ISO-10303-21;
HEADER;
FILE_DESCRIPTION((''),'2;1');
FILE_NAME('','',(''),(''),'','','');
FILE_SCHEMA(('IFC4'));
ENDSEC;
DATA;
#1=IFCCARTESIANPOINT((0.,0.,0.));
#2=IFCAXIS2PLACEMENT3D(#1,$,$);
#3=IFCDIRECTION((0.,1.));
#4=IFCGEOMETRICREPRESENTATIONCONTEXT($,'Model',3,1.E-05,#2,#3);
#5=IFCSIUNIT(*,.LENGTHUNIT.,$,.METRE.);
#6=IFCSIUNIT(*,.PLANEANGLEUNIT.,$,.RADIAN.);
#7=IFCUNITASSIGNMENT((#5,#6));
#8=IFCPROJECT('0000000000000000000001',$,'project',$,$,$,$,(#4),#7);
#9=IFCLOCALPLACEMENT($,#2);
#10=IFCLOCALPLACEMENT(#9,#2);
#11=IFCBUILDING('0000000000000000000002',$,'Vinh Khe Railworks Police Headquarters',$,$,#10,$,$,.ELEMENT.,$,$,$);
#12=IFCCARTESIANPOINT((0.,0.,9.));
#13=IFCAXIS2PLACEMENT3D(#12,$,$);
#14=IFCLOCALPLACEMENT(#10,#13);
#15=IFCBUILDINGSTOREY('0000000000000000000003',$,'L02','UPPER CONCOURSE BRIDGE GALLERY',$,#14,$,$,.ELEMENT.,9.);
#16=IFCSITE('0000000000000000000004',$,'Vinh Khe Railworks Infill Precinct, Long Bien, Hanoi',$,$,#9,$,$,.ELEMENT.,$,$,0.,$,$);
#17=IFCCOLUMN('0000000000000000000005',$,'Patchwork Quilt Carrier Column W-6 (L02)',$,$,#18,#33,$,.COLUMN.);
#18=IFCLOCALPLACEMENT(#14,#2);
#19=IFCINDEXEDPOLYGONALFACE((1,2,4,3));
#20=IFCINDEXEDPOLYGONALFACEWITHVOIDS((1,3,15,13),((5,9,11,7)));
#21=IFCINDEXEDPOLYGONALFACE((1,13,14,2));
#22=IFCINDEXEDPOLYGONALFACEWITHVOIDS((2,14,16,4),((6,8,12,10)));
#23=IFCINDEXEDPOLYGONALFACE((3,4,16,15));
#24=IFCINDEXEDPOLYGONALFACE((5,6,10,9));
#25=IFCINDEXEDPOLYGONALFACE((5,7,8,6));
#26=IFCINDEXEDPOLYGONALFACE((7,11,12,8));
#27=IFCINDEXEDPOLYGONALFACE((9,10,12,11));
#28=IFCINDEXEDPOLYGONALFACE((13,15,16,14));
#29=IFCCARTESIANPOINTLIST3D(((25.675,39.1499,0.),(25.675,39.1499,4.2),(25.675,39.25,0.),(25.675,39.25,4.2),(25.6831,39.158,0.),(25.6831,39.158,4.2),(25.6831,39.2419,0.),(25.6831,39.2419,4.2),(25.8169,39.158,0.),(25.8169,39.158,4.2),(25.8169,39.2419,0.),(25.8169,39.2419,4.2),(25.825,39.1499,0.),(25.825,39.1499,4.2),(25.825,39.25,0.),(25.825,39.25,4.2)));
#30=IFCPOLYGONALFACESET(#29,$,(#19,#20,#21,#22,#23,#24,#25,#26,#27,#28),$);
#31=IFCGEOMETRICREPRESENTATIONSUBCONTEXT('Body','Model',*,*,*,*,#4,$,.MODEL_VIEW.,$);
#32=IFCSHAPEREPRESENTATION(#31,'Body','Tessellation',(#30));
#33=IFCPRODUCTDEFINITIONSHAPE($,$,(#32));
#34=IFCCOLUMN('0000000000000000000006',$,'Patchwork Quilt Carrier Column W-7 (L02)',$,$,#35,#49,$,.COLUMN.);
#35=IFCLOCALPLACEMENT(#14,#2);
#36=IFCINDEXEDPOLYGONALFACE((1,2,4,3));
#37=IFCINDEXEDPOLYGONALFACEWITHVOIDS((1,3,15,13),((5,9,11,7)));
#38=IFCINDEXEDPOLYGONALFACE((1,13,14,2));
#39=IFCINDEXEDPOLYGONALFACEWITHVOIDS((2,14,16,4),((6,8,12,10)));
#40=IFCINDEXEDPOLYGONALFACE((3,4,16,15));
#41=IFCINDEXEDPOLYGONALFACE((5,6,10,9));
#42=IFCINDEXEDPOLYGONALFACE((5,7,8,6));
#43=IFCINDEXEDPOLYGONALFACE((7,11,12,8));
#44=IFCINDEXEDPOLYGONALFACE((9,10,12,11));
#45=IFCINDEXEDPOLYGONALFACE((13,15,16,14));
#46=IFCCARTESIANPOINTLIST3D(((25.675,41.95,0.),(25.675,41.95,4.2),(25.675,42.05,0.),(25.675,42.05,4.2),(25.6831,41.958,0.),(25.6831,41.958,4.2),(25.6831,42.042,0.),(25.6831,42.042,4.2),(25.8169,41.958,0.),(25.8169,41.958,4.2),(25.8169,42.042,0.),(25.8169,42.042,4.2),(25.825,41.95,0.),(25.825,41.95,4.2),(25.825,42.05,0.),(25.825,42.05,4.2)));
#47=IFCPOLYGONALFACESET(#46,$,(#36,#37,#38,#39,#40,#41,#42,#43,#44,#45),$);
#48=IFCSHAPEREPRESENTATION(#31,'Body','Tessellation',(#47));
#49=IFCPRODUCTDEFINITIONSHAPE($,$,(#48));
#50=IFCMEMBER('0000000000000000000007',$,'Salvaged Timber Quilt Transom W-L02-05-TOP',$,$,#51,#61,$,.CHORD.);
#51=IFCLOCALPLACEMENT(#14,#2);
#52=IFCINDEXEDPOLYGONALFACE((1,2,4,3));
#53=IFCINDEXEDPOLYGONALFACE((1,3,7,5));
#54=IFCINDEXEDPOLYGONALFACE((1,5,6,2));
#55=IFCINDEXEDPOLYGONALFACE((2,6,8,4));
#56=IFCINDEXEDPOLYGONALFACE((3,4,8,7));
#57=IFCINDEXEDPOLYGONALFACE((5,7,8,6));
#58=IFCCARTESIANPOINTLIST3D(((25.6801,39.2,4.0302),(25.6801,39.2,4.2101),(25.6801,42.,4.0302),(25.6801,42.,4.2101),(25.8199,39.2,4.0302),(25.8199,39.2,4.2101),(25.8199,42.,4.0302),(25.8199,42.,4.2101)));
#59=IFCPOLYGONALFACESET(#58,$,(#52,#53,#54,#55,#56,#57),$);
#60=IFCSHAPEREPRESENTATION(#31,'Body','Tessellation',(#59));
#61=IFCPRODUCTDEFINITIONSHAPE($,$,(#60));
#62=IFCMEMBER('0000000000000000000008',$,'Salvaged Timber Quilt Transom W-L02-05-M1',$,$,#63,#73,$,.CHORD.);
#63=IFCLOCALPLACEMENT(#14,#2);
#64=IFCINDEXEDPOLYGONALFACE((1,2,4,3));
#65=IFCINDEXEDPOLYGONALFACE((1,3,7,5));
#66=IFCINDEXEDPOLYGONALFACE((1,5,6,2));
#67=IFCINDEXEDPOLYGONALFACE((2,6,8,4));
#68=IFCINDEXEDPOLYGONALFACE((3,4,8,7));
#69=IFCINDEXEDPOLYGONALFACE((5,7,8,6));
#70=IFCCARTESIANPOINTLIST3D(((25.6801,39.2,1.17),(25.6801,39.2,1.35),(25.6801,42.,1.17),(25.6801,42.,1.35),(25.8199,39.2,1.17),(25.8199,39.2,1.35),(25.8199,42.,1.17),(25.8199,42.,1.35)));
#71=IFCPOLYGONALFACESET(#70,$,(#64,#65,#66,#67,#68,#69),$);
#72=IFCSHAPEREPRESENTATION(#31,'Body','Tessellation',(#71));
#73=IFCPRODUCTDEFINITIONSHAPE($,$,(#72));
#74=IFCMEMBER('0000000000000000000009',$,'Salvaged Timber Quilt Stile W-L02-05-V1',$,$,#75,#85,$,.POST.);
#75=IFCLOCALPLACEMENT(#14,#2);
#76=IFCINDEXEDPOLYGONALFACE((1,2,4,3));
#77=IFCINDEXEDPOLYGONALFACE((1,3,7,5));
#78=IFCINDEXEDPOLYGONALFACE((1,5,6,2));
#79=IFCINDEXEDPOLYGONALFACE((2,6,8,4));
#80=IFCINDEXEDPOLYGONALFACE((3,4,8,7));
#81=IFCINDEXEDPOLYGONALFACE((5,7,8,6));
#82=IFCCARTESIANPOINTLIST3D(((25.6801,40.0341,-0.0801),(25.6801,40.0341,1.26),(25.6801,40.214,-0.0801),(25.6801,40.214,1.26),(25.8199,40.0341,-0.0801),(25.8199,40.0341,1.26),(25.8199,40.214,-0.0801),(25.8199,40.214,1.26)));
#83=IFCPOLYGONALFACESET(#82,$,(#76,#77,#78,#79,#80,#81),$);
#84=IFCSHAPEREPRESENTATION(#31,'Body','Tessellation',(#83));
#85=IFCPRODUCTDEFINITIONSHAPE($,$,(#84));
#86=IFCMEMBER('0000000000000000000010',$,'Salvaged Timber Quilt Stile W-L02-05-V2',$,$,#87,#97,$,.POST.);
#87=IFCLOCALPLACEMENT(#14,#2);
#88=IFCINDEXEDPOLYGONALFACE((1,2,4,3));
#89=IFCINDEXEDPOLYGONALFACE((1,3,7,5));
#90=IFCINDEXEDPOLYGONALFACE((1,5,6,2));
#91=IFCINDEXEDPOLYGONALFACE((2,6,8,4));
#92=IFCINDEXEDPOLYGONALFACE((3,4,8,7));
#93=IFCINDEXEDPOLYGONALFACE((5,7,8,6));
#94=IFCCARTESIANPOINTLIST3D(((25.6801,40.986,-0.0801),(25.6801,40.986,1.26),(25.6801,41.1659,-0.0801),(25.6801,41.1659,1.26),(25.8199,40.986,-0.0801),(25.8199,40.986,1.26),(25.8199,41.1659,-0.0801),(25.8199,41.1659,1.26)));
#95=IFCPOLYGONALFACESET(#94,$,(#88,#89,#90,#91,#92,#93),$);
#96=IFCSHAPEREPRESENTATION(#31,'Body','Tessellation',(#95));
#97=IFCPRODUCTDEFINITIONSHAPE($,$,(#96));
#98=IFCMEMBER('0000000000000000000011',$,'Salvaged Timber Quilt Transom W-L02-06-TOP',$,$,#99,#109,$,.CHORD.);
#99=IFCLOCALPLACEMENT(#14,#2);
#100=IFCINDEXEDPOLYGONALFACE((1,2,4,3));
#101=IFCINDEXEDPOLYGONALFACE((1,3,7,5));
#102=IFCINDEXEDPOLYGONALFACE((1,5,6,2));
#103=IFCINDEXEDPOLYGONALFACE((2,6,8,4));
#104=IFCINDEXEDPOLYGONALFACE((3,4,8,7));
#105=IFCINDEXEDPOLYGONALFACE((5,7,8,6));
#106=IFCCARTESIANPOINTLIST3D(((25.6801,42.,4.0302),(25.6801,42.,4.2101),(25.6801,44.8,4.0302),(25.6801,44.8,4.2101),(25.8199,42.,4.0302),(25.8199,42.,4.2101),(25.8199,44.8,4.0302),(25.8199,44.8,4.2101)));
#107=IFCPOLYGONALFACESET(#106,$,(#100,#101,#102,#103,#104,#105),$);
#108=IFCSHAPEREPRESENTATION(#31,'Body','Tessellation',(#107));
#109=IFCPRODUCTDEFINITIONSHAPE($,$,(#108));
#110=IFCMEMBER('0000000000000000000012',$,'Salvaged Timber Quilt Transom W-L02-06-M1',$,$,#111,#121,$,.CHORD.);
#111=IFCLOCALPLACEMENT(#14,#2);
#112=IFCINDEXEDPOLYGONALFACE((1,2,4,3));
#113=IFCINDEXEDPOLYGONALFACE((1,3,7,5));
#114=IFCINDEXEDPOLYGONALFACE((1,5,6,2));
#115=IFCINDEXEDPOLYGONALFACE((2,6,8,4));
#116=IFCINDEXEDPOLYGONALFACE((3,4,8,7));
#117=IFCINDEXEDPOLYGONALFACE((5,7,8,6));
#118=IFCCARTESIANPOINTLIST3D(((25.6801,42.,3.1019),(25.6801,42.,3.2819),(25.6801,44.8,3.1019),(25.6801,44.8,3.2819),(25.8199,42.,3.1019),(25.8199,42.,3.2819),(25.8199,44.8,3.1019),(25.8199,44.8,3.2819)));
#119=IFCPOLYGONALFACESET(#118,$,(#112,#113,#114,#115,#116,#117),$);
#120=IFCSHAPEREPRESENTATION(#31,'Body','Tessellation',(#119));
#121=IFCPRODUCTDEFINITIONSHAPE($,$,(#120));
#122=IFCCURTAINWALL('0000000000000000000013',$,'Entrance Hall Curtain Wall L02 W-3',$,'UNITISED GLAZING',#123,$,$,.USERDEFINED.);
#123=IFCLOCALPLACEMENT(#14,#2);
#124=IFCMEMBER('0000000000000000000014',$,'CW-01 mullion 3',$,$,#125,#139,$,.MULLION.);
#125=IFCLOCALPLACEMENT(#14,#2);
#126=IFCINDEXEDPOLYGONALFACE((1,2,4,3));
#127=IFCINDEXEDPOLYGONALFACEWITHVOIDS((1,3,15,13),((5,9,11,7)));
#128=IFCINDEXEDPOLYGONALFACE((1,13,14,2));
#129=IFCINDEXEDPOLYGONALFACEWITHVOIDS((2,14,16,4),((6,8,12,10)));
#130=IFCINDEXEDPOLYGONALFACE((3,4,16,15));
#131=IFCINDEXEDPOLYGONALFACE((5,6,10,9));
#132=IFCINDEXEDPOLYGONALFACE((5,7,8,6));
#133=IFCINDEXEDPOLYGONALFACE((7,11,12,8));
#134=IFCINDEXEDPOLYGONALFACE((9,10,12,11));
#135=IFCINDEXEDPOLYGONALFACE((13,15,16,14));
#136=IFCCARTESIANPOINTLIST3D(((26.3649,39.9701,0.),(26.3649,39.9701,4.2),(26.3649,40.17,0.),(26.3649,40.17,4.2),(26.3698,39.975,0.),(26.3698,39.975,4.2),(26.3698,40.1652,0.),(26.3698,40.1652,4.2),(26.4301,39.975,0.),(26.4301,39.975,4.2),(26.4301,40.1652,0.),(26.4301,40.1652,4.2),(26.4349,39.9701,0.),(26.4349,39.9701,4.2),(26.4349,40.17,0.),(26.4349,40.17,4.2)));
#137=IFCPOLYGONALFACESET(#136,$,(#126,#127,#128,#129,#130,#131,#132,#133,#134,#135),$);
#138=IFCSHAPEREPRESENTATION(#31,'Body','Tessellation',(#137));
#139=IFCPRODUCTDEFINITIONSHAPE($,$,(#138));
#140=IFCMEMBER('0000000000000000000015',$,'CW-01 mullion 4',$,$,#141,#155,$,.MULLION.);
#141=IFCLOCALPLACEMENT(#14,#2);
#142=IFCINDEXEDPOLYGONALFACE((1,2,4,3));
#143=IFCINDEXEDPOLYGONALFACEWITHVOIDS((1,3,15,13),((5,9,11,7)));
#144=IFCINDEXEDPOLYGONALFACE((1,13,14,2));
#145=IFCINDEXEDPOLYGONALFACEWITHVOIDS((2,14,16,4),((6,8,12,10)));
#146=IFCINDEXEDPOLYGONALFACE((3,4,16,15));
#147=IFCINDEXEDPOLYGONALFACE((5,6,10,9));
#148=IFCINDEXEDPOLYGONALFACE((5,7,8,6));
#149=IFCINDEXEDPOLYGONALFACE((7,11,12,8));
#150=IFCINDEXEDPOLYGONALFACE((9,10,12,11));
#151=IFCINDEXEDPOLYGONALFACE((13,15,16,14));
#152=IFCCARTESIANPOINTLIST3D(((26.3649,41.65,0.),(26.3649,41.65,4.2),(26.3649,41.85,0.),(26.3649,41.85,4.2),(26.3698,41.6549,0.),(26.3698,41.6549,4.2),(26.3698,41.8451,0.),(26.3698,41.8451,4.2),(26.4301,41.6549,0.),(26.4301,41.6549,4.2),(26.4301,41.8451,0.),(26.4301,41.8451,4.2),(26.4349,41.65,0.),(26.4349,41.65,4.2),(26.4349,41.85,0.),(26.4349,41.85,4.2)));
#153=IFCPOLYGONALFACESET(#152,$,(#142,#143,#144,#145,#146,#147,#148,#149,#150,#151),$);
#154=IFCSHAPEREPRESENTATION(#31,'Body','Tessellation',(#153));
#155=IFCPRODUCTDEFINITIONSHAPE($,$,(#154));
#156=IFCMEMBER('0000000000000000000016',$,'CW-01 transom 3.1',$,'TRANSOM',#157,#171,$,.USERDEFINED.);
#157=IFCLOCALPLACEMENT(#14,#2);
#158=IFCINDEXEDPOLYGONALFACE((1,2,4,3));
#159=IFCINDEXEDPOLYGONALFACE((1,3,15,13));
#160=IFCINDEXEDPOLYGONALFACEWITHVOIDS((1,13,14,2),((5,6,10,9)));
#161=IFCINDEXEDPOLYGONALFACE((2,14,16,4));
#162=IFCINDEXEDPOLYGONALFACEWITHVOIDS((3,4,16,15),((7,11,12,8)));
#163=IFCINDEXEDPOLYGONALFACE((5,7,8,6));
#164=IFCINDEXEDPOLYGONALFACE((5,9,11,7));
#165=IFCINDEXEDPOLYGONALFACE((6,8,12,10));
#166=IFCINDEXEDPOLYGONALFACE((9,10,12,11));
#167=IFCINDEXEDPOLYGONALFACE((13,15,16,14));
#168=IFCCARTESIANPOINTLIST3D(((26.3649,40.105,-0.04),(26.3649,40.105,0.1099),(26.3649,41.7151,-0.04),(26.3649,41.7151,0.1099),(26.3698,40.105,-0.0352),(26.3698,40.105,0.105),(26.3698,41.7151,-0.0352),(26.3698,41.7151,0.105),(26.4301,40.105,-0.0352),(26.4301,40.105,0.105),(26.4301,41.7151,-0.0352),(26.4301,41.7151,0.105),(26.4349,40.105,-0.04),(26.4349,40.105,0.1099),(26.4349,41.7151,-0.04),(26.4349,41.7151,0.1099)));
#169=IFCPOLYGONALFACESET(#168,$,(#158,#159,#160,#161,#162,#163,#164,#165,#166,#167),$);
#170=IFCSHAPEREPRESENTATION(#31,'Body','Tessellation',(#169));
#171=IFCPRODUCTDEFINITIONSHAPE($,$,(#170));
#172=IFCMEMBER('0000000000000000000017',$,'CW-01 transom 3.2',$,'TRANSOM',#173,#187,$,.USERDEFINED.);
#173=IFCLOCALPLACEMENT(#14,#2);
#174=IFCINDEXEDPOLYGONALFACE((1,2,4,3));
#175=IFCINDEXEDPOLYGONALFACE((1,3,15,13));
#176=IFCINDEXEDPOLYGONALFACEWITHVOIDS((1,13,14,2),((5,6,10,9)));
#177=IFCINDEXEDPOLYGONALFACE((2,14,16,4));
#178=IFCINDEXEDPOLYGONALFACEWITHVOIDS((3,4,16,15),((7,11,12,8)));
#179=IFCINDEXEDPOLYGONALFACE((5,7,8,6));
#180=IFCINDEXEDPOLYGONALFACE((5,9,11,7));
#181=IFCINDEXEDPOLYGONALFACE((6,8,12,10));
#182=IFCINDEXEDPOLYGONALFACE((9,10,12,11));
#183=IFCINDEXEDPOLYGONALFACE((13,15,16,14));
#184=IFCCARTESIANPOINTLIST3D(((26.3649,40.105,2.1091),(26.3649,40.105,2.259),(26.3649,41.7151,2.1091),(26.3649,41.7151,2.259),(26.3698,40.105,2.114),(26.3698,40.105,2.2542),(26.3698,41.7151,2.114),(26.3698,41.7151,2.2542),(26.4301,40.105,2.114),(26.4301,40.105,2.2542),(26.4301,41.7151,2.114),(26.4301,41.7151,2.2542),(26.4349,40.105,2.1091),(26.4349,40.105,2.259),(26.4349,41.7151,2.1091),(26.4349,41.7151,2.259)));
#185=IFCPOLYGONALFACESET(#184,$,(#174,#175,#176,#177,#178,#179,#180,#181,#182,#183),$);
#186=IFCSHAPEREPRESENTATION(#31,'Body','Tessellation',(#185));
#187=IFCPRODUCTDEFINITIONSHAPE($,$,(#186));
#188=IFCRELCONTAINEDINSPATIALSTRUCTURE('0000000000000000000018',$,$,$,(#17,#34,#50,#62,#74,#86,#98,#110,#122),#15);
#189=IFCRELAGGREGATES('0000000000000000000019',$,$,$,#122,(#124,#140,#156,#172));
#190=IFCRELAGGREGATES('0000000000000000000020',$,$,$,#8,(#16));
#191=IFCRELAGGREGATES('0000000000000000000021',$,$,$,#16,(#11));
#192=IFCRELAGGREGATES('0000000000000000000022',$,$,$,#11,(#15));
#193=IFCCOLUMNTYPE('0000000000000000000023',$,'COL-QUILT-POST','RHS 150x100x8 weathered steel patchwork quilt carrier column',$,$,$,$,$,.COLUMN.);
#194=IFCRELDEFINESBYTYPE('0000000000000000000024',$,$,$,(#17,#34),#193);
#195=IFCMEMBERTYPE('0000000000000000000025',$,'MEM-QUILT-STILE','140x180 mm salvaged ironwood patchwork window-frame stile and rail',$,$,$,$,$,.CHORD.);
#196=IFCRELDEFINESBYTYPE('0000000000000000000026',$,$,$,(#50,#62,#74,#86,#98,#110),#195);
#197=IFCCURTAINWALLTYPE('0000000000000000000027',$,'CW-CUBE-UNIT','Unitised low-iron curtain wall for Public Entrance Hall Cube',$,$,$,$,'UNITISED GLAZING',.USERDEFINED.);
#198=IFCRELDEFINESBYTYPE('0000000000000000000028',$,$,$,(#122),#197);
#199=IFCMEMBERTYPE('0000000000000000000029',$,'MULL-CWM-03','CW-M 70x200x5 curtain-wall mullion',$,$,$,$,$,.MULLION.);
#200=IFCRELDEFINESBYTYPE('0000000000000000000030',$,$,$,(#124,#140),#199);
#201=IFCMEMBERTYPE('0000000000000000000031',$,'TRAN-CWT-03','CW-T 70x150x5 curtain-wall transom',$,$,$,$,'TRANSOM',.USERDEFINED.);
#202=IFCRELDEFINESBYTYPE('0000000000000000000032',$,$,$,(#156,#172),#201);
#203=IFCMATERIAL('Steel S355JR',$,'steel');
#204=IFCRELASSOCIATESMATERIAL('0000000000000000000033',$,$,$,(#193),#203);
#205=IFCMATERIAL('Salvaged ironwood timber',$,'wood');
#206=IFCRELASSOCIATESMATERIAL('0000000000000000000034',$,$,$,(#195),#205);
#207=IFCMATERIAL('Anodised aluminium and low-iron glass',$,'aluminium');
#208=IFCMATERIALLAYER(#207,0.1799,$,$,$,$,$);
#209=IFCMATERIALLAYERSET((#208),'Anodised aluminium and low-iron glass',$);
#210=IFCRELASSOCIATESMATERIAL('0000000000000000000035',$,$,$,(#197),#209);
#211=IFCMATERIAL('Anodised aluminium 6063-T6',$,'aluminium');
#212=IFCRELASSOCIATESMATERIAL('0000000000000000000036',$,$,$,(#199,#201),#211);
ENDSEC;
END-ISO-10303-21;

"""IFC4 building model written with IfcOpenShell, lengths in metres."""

from ifc_helpers import new_model, si_unit, direction, frame, origin, origin_2d, place, context, subcontext, project, spatial, rectangle, hollow_rectangle, extrude, material, layer, layer_set, material_profile, profile_set, type_object, element, aggregate, save


model = new_model("IFC4")

# Units and contexts
model_context = context("Model", 3, precision=1e-05, world=origin(), true_north=direction((0.0, 1.0)))
body_context = subcontext(model_context, "Body", "Model", "MODEL_VIEW")
ifc_project = project(units=[si_unit("LENGTHUNIT", "METRE"), si_unit("PLANEANGLEUNIT", "RADIAN")], contexts=[model_context])

# Site, building, storey
site_placement = place(None, origin())
site = spatial("IfcSite", under=ifc_project, at=site_placement, Name="Vinh Khe Railworks Infill Precinct, Long Bien, Hanoi", CompositionType="ELEMENT", RefElevation=0.0)
building_placement = place(site_placement, origin())
building = spatial("IfcBuilding", under=site, at=building_placement, Name="Vinh Khe Railworks Police Headquarters", CompositionType="ELEMENT")
storey_placement = place(building_placement, frame((0.0, 0.0, 9.0)))
storey = spatial("IfcBuildingStorey", under=building, at=storey_placement, Name="L02", Description="UPPER CONCOURSE BRIDGE GALLERY", CompositionType="ELEMENT", Elevation=9.0)

# Columns
ifc_material_1 = material(Name="Steel S355JR", Category="steel")
ifc_material_profile_1 = material_profile(ifc_material_1, hollow_rectangle(XDim=0.1499, YDim=0.1001, WallThickness=0.0081, at=origin_2d()), Name="RHS 150x100x8")
ifc_profile_set_1 = profile_set([ifc_material_profile_1], Name="Steel S355JR")
column_type = type_object("IfcColumnType", Name="COL-QUILT-POST", Description="RHS 150x100x8 weathered steel patchwork quilt carrier column", PredefinedType="COLUMN", material=ifc_profile_set_1)
for number, where, z_axis, x_axis, name in (
    (1, (25.75, 39.2, 0.0), (0.0, 0.0, 1.0), (1.0, 0.0, 0.0), "Patchwork Quilt Carrier Column W-6 (L02)"),
    (2, (25.75, 42.0, 0.0), (0.0, 0.0, 1.0), (1.0, 0.0, 0.0), "Patchwork Quilt Carrier Column W-7 (L02)"),
):
    element("IfcColumn", number, at=place(storey_placement, frame(where, z_axis=z_axis, x_axis=x_axis)), inside=storey, type_object=column_type, Name=name, PredefinedType="COLUMN", context=body_context, shape_type="SweptSolid", body=[
        extrude(hollow_rectangle(XDim=0.1499, YDim=0.1001, WallThickness=0.0081, at=origin_2d()), origin(), (0.0, 0.0, 1.0), 4.2),
    ])

# Members
ifc_material_2 = material(Name="Salvaged ironwood timber", Category="wood")
ifc_material_profile_2 = material_profile(ifc_material_2, rectangle(XDim=0.1399, YDim=0.1799, at=origin_2d()), Name="TIMBER 140x180")
ifc_profile_set_2 = profile_set([ifc_material_profile_2], Name="Salvaged ironwood timber")
member_type_1 = type_object("IfcMemberType", Name="MEM-QUILT-STILE", Description="140x180 mm salvaged ironwood patchwork window-frame stile and rail", PredefinedType="CHORD", material=ifc_profile_set_2)
for number, where, z_axis, x_axis, name in (
    (3, (25.75, 39.2, 4.1201), (0.0, 1.0, 0.0), (-1.0, 0.0, 0.0), "Salvaged Timber Quilt Transom W-L02-05-TOP"),
    (4, (25.75, 39.2, 1.26), (0.0, 1.0, 0.0), (-1.0, 0.0, 0.0), "Salvaged Timber Quilt Transom W-L02-05-M1"),
):
    element("IfcMember", number, at=place(storey_placement, frame(where, z_axis=z_axis, x_axis=x_axis)), inside=storey, type_object=member_type_1, Name=name, PredefinedType="CHORD", context=body_context, shape_type="SweptSolid", body=[
        extrude(rectangle(XDim=0.1399, YDim=0.1799, at=origin_2d()), origin(), (0.0, 0.0, 1.0), 2.8),
    ])
for number, where, z_axis, x_axis, name in (
    (5, (25.75, 40.124, -0.0801), (0.0, 0.0, 1.0), (1.0, 0.0, 0.0), "Salvaged Timber Quilt Stile W-L02-05-V1"),
    (6, (25.75, 41.0759, -0.0801), (0.0, 0.0, 1.0), (1.0, 0.0, 0.0), "Salvaged Timber Quilt Stile W-L02-05-V2"),
):
    element("IfcMember", number, at=place(storey_placement, frame(where, z_axis=z_axis, x_axis=x_axis)), inside=storey, type_object=member_type_1, Name=name, PredefinedType="POST", context=body_context, shape_type="SweptSolid", body=[
        extrude(rectangle(XDim=0.1399, YDim=0.1799, at=origin_2d()), origin(), (0.0, 0.0, 1.0), 1.3401),
    ])
for number, where, z_axis, x_axis, name in (
    (7, (25.75, 42.0, 4.1201), (0.0, 1.0, 0.0), (-1.0, 0.0, 0.0), "Salvaged Timber Quilt Transom W-L02-06-TOP"),
    (8, (25.75, 42.0, 3.1919), (0.0, 1.0, 0.0), (-1.0, 0.0, 0.0), "Salvaged Timber Quilt Transom W-L02-06-M1"),
):
    element("IfcMember", number, at=place(storey_placement, frame(where, z_axis=z_axis, x_axis=x_axis)), inside=storey, type_object=member_type_1, Name=name, PredefinedType="CHORD", context=body_context, shape_type="SweptSolid", body=[
        extrude(rectangle(XDim=0.1399, YDim=0.1799, at=origin_2d()), origin(), (0.0, 0.0, 1.0), 2.8),
    ])

# Curtain wall, members
ifc_material_3 = material(Name="Anodised aluminium and low-iron glass", Category="aluminium")
ifc_layer_1 = layer(ifc_material_3, 0.1799)
ifc_layer_set_1 = layer_set([ifc_layer_1], Name="Anodised aluminium and low-iron glass")
curtain_wall_type = type_object("IfcCurtainWallType", Name="CW-CUBE-UNIT", Description="Unitised low-iron curtain wall for Public Entrance Hall Cube", ElementType="UNITISED GLAZING", PredefinedType="USERDEFINED", material=ifc_layer_set_1)
curtain_wall_placement = place(storey_placement, origin())
curtain_wall = element("IfcCurtainWall", 9, at=curtain_wall_placement, inside=storey, type_object=curtain_wall_type, Name="Entrance Hall Curtain Wall L02 W-3", ObjectType="UNITISED GLAZING", PredefinedType="USERDEFINED")
ifc_material_4 = material(Name="Anodised aluminium 6063-T6", Category="aluminium")
ifc_material_profile_3 = material_profile(ifc_material_4, hollow_rectangle(XDim=0.0701, YDim=0.2, WallThickness=0.0049, at=origin_2d()), Name="CW-M 70x200x5")
ifc_profile_set_3 = profile_set([ifc_material_profile_3], Name="Anodised aluminium 6063-T6")
member_type_2 = type_object("IfcMemberType", Name="MULL-CWM-03", Description="CW-M 70x200x5 curtain-wall mullion", PredefinedType="MULLION", material=ifc_profile_set_3)
member_1_placement = place(storey_placement, frame((26.3999, 40.0701, 0.0), z_axis=(0.0, 0.0, 1.0), x_axis=(-1.0, 0.0, 0.0)))
member_1 = element("IfcMember", 10, at=member_1_placement, type_object=member_type_2, Name="CW-01 mullion 3", PredefinedType="MULLION", context=body_context, shape_type="SweptSolid", body=[
    extrude(hollow_rectangle(XDim=0.0701, YDim=0.2, WallThickness=0.0049, at=origin_2d()), origin(), (0.0, 0.0, 1.0), 4.2),
])
member_2_placement = place(storey_placement, frame((26.3999, 41.75, 0.0), z_axis=(0.0, 0.0, 1.0), x_axis=(-1.0, 0.0, 0.0)))
member_2 = element("IfcMember", 11, at=member_2_placement, type_object=member_type_2, Name="CW-01 mullion 4", PredefinedType="MULLION", context=body_context, shape_type="SweptSolid", body=[
    extrude(hollow_rectangle(XDim=0.0701, YDim=0.2, WallThickness=0.0049, at=origin_2d()), origin(), (0.0, 0.0, 1.0), 4.2),
])
ifc_material_profile_4 = material_profile(ifc_material_4, hollow_rectangle(XDim=0.0701, YDim=0.1499, WallThickness=0.0049, at=origin_2d()), Name="CW-T 70x150x5")
ifc_profile_set_4 = profile_set([ifc_material_profile_4], Name="Anodised aluminium 6063-T6")
member_type_3 = type_object("IfcMemberType", Name="TRAN-CWT-03", Description="CW-T 70x150x5 curtain-wall transom", ElementType="TRANSOM", PredefinedType="USERDEFINED", material=ifc_profile_set_4)
member_3_placement = place(storey_placement, frame((26.3999, 40.105, 0.0349), z_axis=(0.0, 1.0, 0.0), x_axis=(-1.0, 0.0, 0.0)))
member_3 = element("IfcMember", 12, at=member_3_placement, type_object=member_type_3, Name="CW-01 transom 3.1", ObjectType="TRANSOM", PredefinedType="USERDEFINED", context=body_context, shape_type="SweptSolid", body=[
    extrude(hollow_rectangle(XDim=0.0701, YDim=0.1499, WallThickness=0.0049, at=origin_2d()), origin(), (0.0, 0.0, 1.0), 1.6101),
])
member_4_placement = place(storey_placement, frame((26.3999, 40.105, 2.1841), z_axis=(0.0, 1.0, 0.0), x_axis=(-1.0, 0.0, 0.0)))
member_4 = element("IfcMember", 13, at=member_4_placement, type_object=member_type_3, Name="CW-01 transom 3.2", ObjectType="TRANSOM", PredefinedType="USERDEFINED", context=body_context, shape_type="SweptSolid", body=[
    extrude(hollow_rectangle(XDim=0.0701, YDim=0.1499, WallThickness=0.0049, at=origin_2d()), origin(), (0.0, 0.0, 1.0), 1.6101),
])
aggregate(curtain_wall, [member_1, member_2, member_3, member_4])

save(model, "model.ifc")
